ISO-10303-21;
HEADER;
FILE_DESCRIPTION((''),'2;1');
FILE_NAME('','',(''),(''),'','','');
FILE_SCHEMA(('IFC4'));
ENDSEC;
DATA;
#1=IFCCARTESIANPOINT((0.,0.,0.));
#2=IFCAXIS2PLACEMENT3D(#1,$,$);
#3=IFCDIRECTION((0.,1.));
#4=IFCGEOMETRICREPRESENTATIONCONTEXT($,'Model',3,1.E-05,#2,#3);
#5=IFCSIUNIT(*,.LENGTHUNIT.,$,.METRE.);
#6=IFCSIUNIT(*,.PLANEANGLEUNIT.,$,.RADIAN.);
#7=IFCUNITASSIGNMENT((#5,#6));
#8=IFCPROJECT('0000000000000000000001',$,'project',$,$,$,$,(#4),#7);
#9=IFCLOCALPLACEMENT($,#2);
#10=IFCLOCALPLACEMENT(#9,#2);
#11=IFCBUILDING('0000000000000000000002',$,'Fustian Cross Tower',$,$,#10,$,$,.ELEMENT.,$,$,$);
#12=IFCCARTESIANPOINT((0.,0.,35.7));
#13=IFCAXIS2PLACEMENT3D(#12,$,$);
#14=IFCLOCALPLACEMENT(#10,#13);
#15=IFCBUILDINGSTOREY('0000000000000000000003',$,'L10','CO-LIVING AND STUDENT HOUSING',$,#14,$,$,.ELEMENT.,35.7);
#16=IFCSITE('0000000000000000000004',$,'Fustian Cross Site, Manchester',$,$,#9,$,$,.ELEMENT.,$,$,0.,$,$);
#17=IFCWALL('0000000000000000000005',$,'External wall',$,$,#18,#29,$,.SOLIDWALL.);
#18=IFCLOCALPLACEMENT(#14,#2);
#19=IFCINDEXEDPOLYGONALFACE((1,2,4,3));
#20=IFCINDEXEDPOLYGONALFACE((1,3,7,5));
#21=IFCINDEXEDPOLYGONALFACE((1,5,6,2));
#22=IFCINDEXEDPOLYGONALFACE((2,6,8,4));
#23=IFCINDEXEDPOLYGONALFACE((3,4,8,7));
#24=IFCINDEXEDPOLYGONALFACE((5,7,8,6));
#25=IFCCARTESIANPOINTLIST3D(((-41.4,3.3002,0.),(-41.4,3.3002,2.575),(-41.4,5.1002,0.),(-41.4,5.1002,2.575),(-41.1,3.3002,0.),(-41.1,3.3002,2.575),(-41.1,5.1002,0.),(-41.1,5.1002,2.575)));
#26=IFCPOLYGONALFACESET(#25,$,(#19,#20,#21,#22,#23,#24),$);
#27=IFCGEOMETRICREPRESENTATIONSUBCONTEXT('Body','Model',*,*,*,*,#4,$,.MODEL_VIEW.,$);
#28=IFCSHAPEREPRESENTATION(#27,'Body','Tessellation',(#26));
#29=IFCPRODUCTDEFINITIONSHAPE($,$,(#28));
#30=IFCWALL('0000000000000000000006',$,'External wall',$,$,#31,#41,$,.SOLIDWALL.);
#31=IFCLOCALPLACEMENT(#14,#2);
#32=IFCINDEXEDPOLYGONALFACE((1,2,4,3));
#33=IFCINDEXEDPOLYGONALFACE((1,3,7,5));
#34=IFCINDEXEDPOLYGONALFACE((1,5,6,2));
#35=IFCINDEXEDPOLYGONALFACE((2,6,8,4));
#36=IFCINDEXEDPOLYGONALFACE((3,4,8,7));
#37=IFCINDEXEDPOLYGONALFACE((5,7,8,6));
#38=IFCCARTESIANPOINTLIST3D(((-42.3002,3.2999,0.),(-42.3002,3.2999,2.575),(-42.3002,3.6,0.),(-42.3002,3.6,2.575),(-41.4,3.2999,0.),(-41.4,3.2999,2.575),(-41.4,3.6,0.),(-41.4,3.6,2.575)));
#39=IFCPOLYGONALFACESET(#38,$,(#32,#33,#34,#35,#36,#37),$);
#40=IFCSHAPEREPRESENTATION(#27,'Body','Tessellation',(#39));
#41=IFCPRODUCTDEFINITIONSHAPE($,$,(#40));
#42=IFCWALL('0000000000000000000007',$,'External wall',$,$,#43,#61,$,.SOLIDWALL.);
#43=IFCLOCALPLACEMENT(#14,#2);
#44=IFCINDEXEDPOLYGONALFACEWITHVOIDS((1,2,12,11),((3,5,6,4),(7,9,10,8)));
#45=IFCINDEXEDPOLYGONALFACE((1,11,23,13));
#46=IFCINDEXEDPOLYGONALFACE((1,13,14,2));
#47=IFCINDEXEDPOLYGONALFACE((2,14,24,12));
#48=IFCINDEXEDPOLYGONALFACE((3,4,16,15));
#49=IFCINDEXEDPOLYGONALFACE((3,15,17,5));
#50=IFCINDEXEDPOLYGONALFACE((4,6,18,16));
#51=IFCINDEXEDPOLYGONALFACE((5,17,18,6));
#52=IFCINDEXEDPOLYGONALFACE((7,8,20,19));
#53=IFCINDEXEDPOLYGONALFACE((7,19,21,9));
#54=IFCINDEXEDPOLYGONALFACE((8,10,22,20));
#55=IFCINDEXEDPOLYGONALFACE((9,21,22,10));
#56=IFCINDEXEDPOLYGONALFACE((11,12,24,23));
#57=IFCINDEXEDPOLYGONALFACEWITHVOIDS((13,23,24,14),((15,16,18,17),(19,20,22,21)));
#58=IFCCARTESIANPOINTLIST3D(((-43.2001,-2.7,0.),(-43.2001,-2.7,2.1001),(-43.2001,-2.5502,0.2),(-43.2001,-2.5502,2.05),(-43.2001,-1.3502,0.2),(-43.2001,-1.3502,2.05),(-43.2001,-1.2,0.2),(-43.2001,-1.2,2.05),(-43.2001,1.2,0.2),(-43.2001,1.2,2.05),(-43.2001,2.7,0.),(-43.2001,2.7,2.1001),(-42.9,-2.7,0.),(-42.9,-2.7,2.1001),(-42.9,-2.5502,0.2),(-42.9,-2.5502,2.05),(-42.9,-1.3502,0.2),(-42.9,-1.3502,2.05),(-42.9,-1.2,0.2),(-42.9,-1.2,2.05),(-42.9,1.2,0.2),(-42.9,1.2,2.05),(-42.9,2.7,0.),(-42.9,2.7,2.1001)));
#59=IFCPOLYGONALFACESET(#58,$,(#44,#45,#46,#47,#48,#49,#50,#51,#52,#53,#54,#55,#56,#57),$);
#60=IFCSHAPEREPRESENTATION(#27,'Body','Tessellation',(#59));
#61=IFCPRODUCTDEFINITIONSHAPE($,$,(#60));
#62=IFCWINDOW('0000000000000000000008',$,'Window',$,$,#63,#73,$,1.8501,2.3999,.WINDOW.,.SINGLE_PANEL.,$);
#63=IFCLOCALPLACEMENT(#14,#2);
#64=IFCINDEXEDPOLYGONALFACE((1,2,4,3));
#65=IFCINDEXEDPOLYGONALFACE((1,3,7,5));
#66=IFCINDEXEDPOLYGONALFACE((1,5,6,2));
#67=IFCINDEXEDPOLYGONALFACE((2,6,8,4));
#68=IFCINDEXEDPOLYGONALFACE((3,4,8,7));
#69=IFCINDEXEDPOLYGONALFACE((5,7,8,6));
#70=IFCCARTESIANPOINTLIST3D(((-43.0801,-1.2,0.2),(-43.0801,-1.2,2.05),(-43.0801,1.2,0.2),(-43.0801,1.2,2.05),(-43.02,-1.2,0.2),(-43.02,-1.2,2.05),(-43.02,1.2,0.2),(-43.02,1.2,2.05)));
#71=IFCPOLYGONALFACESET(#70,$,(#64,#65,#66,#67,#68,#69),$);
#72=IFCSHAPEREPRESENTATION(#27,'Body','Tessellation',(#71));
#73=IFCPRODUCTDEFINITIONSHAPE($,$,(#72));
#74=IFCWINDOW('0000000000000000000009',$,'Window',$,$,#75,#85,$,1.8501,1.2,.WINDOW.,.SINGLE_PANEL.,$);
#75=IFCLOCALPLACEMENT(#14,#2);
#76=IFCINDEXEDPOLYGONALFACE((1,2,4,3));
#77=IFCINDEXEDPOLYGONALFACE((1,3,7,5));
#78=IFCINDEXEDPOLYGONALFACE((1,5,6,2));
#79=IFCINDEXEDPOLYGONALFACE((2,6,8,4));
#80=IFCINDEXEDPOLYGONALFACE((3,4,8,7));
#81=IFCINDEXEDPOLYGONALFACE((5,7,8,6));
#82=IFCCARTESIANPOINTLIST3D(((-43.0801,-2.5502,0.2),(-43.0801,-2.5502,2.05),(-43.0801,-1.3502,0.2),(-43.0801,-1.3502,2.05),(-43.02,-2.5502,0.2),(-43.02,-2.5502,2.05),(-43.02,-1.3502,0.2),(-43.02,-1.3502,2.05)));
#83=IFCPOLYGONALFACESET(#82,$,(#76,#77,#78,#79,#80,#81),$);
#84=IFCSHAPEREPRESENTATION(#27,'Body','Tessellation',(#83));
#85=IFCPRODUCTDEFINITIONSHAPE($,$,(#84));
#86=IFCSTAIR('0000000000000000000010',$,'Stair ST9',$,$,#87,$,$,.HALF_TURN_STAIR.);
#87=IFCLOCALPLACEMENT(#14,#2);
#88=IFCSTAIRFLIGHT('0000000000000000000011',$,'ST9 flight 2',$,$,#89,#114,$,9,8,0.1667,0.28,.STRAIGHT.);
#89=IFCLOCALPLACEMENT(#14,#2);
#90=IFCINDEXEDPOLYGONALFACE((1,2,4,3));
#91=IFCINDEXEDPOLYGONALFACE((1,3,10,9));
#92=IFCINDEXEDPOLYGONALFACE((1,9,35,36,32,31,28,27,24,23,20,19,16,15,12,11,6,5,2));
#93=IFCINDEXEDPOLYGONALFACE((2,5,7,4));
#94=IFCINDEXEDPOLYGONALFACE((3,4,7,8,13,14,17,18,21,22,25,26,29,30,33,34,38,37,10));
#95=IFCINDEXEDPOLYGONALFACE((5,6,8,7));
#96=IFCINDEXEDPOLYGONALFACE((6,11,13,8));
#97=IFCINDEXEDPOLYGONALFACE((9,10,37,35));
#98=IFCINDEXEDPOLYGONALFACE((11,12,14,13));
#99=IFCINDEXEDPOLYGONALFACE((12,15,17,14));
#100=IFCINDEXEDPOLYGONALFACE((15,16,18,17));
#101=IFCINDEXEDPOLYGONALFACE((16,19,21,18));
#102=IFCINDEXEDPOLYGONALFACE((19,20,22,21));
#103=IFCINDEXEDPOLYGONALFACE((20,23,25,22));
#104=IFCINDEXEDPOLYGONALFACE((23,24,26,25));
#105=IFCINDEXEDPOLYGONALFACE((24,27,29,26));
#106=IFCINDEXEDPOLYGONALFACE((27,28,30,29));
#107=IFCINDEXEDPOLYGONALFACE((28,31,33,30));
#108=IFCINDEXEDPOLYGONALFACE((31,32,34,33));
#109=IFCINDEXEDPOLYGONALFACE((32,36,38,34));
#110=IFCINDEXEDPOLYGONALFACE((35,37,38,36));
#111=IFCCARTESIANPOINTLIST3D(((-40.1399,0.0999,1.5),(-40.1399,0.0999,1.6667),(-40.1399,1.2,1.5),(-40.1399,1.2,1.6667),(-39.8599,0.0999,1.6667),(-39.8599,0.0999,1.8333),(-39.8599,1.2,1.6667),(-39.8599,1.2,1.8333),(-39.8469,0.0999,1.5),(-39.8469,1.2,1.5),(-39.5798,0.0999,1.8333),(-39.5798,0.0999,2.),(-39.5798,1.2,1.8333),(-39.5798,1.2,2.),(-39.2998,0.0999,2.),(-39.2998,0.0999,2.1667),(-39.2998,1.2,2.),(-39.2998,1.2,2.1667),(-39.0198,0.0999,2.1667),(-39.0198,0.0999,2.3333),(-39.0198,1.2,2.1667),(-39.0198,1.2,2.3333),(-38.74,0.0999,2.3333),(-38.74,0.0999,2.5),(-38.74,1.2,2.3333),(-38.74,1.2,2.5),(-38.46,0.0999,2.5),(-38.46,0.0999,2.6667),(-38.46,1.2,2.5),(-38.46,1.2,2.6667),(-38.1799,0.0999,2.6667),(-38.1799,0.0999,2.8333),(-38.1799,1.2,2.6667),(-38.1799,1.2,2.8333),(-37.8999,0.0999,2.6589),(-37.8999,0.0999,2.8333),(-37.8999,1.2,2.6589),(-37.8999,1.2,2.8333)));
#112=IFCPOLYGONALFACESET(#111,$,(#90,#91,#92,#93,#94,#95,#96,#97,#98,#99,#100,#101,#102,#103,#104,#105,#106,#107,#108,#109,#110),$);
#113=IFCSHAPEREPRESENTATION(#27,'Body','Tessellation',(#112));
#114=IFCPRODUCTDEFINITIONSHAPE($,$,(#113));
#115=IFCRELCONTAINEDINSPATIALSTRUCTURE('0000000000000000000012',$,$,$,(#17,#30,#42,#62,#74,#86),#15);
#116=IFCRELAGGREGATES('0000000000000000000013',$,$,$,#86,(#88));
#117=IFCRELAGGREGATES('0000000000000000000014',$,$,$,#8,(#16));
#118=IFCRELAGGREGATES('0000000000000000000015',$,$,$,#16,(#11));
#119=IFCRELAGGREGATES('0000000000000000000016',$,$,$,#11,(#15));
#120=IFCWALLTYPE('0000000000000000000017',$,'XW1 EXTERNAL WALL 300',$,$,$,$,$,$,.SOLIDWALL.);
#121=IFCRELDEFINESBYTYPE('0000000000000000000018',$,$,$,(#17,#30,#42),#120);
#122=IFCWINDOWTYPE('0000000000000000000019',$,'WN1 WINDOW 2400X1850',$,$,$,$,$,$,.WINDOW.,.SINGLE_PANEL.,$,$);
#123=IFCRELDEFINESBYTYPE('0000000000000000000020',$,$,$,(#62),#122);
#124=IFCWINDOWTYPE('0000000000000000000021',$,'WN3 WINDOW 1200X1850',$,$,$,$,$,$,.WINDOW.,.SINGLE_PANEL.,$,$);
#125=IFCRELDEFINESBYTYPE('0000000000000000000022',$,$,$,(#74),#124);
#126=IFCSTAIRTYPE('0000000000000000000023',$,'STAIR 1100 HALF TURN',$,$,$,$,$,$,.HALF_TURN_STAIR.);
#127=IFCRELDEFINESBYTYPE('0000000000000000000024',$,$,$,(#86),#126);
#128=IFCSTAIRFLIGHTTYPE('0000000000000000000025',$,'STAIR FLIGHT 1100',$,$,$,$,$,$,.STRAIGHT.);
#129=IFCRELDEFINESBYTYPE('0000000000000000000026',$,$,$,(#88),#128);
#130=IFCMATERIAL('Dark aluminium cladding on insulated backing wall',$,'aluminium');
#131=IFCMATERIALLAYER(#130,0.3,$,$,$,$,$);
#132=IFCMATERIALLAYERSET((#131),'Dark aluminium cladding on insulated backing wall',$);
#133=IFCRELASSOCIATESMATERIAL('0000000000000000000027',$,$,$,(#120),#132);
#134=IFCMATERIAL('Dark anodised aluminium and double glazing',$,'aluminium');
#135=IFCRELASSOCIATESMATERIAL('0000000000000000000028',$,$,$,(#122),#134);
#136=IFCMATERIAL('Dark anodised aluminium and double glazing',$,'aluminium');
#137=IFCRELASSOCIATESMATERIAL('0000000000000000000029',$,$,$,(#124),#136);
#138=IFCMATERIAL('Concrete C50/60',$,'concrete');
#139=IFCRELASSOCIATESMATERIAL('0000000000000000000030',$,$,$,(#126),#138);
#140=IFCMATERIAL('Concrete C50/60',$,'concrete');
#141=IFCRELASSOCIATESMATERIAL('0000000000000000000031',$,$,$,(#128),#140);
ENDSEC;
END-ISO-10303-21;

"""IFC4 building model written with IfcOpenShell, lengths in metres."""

from ifc_helpers import new_model, si_unit, direction, frame, frame_2d, origin, place, context, subcontext, project, spatial, polyline, rectangle, outline, extrude, material, layer, layer_set, type_object, element, fill, aggregate, save


model = new_model("IFC4")

# Units and contexts
model_context = context("Model", 3, precision=1e-05, world=origin(), true_north=direction((0.0, 1.0)))
body_context = subcontext(model_context, "Body", "Model", "MODEL_VIEW")
ifc_project = project(units=[si_unit("LENGTHUNIT", "METRE"), si_unit("PLANEANGLEUNIT", "RADIAN")], contexts=[model_context])

# Site, building, storey
site_placement = place(None, origin())
site = spatial("IfcSite", under=ifc_project, at=site_placement, Name="Fustian Cross Site, Manchester", CompositionType="ELEMENT", RefElevation=0.0)
building_placement = place(site_placement, origin())
building = spatial("IfcBuilding", under=site, at=building_placement, Name="Fustian Cross Tower", CompositionType="ELEMENT")
storey_placement = place(building_placement, frame((0.0, 0.0, 35.7)))
storey = spatial("IfcBuildingStorey", under=building, at=storey_placement, Name="L10", Description="CO-LIVING AND STUDENT HOUSING", CompositionType="ELEMENT", Elevation=35.7)

# Walls
ifc_material_1 = material(Name="Dark aluminium cladding on insulated backing wall", Category="aluminium")
ifc_layer_1 = layer(ifc_material_1, 0.3)
ifc_layer_set_1 = layer_set([ifc_layer_1], Name="Dark aluminium cladding on insulated backing wall")
wall_type_1 = type_object("IfcWallType", Name="XW1 EXTERNAL WALL 300", PredefinedType="SOLIDWALL", material=ifc_layer_set_1)
wall_1_placement = place(storey_placement, frame((-41.25, 5.1001, 0.0), z_axis=(0.0, 0.0, 1.0), x_axis=(0.0, -1.0, 0.0)))
element("IfcWall", 1, at=wall_1_placement, inside=storey, type_object=wall_type_1, Name="External wall", PredefinedType="SOLIDWALL", context=body_context, shape_type="SweptSolid", body=[
    extrude(rectangle(XDim=1.8, YDim=0.3, at=frame_2d((0.8999, 0.0))), origin(), (0.0, 0.0, 1.0), 2.575),
])
wall_2_placement = place(storey_placement, frame((-41.3999, 3.45, 0.0), z_axis=(0.0, 0.0, 1.0), x_axis=(-1.0, 0.0, 0.0)))
element("IfcWall", 2, at=wall_2_placement, inside=storey, type_object=wall_type_1, Name="External wall", PredefinedType="SOLIDWALL", context=body_context, shape_type="SweptSolid", body=[
    extrude(rectangle(XDim=0.9001, YDim=0.3, at=frame_2d((0.4502, 0.0))), origin(), (0.0, 0.0, 1.0), 2.575),
])

# Wall, openings, windows
wall_3_placement = place(storey_placement, frame((-43.05, 2.7, 0.0), z_axis=(0.0, 0.0, 1.0), x_axis=(0.0, -1.0, 0.0)))
wall_3 = element("IfcWall", 3, at=wall_3_placement, inside=storey, type_object=wall_type_1, Name="External wall", PredefinedType="SOLIDWALL", context=body_context, shape_type="SweptSolid", body=[
    extrude(rectangle(XDim=5.3999, YDim=0.3, at=frame_2d((2.7, 0.0))), origin(), (0.0, 0.0, 1.0), 2.1001),
])
opening_1_placement = place(wall_3_placement, frame((1.5, 0.0, 0.2)))
opening_1 = element("IfcOpeningElement", 4, at=opening_1_placement, cuts=wall_3, PredefinedType="OPENING", context=body_context, shape_type="SweptSolid", body=[
    extrude(rectangle(XDim=2.3999, YDim=1.8501, at=frame_2d((1.2, 0.925))), frame((0.0, 0.1599, 0.0), z_axis=(0.0, -1.0, 0.0), x_axis=(1.0, 0.0, 0.0)), (0.0, 0.0, 1.0), 0.3201),
])
opening_2_placement = place(wall_3_placement, frame((4.05, 0.0, 0.2)))
opening_2 = element("IfcOpeningElement", 5, at=opening_2_placement, cuts=wall_3, PredefinedType="OPENING", context=body_context, shape_type="SweptSolid", body=[
    extrude(rectangle(XDim=1.2, YDim=1.8501, at=frame_2d((0.6001, 0.925))), frame((0.0, 0.1599, 0.0), z_axis=(0.0, -1.0, 0.0), x_axis=(1.0, 0.0, 0.0)), (0.0, 0.0, 1.0), 0.3201),
])
ifc_material_2 = material(Name="Dark anodised aluminium and double glazing", Category="aluminium")
window_type_1 = type_object("IfcWindowType", Name="WN1 WINDOW 2400X1850", PartitioningType="SINGLE_PANEL", PredefinedType="WINDOW", material=ifc_material_2)
window_1_placement = place(opening_1_placement, origin())
window_1 = element("IfcWindow", 6, at=window_1_placement, inside=storey, type_object=window_type_1, Name="Window", OverallHeight=1.8501, OverallWidth=2.3999, PartitioningType="SINGLE_PANEL", PredefinedType="WINDOW", context=body_context, shape_type="SweptSolid", body=[
    extrude(rectangle(XDim=2.3999, YDim=1.8501, at=frame_2d((1.2, 0.925))), frame((0.0, 0.03, 0.0), z_axis=(0.0, -1.0, 0.0), x_axis=(1.0, 0.0, 0.0)), (0.0, 0.0, 1.0), 0.0601),
])
fill(opening_1, window_1)
ifc_material_3 = material(Name="Dark anodised aluminium and double glazing", Category="aluminium")
window_type_2 = type_object("IfcWindowType", Name="WN3 WINDOW 1200X1850", PartitioningType="SINGLE_PANEL", PredefinedType="WINDOW", material=ifc_material_3)
window_2_placement = place(opening_2_placement, origin())
window_2 = element("IfcWindow", 7, at=window_2_placement, inside=storey, type_object=window_type_2, Name="Window", OverallHeight=1.8501, OverallWidth=1.2, PartitioningType="SINGLE_PANEL", PredefinedType="WINDOW", context=body_context, shape_type="SweptSolid", body=[
    extrude(rectangle(XDim=1.2, YDim=1.8501, at=frame_2d((0.6001, 0.925))), frame((0.0, 0.03, 0.0), z_axis=(0.0, -1.0, 0.0), x_axis=(1.0, 0.0, 0.0)), (0.0, 0.0, 1.0), 0.0601),
])
fill(opening_2, window_2)

# Stair, stair flight
ifc_material_4 = material(Name="Concrete C50/60", Category="concrete")
stair_type = type_object("IfcStairType", Name="STAIR 1100 HALF TURN", PredefinedType="HALF_TURN_STAIR", material=ifc_material_4)
stair_placement = place(storey_placement, origin())
stair = element("IfcStair", 8, at=stair_placement, inside=storey, type_object=stair_type, Name="Stair ST9", PredefinedType="HALF_TURN_STAIR")
ifc_material_5 = material(Name="Concrete C50/60", Category="concrete")
stair_flight_type = type_object("IfcStairFlightType", Name="STAIR FLIGHT 1100", PredefinedType="STRAIGHT", material=ifc_material_5)
stair_flight_placement = place(storey_placement, frame((-40.1399, 0.6499, 1.5), z_axis=(0.0, 0.0, 1.0), x_axis=(1.0, 0.0, 0.0)))
stair_flight = element("IfcStairFlight", 9, at=stair_flight_placement, type_object=stair_flight_type, Name="ST9 flight 2", NumberOfRisers=9, NumberOfTreads=8, PredefinedType="STRAIGHT", RiserHeight=0.1667, TreadLength=0.28, context=body_context, shape_type="SweptSolid", body=[
    extrude(outline(polyline([(0.0, 0.0), (0.0, 0.1667), (0.28, 0.1667), (0.28, 0.3333), (0.5601, 0.3333), (0.5601, 0.5), (0.8401, 0.5), (0.8401, 0.6667), (1.1201, 0.6667), (1.1201, 0.8333), (1.3999, 0.8333), (1.3999, 1.0), (1.6799, 1.0), (1.6799, 1.1667), (1.96, 1.1667), (1.96, 1.3333), (2.24, 1.3333), (2.24, 1.5), (2.24, 1.1589), (0.293, 0.0), (0.0, 0.0)])), frame((0.0, 0.55, 0.0), z_axis=(0.0, -1.0, 0.0), x_axis=(1.0, 0.0, 0.0)), (0.0, 0.0, 1.0), 1.1001),
])
aggregate(stair, [stair_flight])

save(model, "model.ifc")
